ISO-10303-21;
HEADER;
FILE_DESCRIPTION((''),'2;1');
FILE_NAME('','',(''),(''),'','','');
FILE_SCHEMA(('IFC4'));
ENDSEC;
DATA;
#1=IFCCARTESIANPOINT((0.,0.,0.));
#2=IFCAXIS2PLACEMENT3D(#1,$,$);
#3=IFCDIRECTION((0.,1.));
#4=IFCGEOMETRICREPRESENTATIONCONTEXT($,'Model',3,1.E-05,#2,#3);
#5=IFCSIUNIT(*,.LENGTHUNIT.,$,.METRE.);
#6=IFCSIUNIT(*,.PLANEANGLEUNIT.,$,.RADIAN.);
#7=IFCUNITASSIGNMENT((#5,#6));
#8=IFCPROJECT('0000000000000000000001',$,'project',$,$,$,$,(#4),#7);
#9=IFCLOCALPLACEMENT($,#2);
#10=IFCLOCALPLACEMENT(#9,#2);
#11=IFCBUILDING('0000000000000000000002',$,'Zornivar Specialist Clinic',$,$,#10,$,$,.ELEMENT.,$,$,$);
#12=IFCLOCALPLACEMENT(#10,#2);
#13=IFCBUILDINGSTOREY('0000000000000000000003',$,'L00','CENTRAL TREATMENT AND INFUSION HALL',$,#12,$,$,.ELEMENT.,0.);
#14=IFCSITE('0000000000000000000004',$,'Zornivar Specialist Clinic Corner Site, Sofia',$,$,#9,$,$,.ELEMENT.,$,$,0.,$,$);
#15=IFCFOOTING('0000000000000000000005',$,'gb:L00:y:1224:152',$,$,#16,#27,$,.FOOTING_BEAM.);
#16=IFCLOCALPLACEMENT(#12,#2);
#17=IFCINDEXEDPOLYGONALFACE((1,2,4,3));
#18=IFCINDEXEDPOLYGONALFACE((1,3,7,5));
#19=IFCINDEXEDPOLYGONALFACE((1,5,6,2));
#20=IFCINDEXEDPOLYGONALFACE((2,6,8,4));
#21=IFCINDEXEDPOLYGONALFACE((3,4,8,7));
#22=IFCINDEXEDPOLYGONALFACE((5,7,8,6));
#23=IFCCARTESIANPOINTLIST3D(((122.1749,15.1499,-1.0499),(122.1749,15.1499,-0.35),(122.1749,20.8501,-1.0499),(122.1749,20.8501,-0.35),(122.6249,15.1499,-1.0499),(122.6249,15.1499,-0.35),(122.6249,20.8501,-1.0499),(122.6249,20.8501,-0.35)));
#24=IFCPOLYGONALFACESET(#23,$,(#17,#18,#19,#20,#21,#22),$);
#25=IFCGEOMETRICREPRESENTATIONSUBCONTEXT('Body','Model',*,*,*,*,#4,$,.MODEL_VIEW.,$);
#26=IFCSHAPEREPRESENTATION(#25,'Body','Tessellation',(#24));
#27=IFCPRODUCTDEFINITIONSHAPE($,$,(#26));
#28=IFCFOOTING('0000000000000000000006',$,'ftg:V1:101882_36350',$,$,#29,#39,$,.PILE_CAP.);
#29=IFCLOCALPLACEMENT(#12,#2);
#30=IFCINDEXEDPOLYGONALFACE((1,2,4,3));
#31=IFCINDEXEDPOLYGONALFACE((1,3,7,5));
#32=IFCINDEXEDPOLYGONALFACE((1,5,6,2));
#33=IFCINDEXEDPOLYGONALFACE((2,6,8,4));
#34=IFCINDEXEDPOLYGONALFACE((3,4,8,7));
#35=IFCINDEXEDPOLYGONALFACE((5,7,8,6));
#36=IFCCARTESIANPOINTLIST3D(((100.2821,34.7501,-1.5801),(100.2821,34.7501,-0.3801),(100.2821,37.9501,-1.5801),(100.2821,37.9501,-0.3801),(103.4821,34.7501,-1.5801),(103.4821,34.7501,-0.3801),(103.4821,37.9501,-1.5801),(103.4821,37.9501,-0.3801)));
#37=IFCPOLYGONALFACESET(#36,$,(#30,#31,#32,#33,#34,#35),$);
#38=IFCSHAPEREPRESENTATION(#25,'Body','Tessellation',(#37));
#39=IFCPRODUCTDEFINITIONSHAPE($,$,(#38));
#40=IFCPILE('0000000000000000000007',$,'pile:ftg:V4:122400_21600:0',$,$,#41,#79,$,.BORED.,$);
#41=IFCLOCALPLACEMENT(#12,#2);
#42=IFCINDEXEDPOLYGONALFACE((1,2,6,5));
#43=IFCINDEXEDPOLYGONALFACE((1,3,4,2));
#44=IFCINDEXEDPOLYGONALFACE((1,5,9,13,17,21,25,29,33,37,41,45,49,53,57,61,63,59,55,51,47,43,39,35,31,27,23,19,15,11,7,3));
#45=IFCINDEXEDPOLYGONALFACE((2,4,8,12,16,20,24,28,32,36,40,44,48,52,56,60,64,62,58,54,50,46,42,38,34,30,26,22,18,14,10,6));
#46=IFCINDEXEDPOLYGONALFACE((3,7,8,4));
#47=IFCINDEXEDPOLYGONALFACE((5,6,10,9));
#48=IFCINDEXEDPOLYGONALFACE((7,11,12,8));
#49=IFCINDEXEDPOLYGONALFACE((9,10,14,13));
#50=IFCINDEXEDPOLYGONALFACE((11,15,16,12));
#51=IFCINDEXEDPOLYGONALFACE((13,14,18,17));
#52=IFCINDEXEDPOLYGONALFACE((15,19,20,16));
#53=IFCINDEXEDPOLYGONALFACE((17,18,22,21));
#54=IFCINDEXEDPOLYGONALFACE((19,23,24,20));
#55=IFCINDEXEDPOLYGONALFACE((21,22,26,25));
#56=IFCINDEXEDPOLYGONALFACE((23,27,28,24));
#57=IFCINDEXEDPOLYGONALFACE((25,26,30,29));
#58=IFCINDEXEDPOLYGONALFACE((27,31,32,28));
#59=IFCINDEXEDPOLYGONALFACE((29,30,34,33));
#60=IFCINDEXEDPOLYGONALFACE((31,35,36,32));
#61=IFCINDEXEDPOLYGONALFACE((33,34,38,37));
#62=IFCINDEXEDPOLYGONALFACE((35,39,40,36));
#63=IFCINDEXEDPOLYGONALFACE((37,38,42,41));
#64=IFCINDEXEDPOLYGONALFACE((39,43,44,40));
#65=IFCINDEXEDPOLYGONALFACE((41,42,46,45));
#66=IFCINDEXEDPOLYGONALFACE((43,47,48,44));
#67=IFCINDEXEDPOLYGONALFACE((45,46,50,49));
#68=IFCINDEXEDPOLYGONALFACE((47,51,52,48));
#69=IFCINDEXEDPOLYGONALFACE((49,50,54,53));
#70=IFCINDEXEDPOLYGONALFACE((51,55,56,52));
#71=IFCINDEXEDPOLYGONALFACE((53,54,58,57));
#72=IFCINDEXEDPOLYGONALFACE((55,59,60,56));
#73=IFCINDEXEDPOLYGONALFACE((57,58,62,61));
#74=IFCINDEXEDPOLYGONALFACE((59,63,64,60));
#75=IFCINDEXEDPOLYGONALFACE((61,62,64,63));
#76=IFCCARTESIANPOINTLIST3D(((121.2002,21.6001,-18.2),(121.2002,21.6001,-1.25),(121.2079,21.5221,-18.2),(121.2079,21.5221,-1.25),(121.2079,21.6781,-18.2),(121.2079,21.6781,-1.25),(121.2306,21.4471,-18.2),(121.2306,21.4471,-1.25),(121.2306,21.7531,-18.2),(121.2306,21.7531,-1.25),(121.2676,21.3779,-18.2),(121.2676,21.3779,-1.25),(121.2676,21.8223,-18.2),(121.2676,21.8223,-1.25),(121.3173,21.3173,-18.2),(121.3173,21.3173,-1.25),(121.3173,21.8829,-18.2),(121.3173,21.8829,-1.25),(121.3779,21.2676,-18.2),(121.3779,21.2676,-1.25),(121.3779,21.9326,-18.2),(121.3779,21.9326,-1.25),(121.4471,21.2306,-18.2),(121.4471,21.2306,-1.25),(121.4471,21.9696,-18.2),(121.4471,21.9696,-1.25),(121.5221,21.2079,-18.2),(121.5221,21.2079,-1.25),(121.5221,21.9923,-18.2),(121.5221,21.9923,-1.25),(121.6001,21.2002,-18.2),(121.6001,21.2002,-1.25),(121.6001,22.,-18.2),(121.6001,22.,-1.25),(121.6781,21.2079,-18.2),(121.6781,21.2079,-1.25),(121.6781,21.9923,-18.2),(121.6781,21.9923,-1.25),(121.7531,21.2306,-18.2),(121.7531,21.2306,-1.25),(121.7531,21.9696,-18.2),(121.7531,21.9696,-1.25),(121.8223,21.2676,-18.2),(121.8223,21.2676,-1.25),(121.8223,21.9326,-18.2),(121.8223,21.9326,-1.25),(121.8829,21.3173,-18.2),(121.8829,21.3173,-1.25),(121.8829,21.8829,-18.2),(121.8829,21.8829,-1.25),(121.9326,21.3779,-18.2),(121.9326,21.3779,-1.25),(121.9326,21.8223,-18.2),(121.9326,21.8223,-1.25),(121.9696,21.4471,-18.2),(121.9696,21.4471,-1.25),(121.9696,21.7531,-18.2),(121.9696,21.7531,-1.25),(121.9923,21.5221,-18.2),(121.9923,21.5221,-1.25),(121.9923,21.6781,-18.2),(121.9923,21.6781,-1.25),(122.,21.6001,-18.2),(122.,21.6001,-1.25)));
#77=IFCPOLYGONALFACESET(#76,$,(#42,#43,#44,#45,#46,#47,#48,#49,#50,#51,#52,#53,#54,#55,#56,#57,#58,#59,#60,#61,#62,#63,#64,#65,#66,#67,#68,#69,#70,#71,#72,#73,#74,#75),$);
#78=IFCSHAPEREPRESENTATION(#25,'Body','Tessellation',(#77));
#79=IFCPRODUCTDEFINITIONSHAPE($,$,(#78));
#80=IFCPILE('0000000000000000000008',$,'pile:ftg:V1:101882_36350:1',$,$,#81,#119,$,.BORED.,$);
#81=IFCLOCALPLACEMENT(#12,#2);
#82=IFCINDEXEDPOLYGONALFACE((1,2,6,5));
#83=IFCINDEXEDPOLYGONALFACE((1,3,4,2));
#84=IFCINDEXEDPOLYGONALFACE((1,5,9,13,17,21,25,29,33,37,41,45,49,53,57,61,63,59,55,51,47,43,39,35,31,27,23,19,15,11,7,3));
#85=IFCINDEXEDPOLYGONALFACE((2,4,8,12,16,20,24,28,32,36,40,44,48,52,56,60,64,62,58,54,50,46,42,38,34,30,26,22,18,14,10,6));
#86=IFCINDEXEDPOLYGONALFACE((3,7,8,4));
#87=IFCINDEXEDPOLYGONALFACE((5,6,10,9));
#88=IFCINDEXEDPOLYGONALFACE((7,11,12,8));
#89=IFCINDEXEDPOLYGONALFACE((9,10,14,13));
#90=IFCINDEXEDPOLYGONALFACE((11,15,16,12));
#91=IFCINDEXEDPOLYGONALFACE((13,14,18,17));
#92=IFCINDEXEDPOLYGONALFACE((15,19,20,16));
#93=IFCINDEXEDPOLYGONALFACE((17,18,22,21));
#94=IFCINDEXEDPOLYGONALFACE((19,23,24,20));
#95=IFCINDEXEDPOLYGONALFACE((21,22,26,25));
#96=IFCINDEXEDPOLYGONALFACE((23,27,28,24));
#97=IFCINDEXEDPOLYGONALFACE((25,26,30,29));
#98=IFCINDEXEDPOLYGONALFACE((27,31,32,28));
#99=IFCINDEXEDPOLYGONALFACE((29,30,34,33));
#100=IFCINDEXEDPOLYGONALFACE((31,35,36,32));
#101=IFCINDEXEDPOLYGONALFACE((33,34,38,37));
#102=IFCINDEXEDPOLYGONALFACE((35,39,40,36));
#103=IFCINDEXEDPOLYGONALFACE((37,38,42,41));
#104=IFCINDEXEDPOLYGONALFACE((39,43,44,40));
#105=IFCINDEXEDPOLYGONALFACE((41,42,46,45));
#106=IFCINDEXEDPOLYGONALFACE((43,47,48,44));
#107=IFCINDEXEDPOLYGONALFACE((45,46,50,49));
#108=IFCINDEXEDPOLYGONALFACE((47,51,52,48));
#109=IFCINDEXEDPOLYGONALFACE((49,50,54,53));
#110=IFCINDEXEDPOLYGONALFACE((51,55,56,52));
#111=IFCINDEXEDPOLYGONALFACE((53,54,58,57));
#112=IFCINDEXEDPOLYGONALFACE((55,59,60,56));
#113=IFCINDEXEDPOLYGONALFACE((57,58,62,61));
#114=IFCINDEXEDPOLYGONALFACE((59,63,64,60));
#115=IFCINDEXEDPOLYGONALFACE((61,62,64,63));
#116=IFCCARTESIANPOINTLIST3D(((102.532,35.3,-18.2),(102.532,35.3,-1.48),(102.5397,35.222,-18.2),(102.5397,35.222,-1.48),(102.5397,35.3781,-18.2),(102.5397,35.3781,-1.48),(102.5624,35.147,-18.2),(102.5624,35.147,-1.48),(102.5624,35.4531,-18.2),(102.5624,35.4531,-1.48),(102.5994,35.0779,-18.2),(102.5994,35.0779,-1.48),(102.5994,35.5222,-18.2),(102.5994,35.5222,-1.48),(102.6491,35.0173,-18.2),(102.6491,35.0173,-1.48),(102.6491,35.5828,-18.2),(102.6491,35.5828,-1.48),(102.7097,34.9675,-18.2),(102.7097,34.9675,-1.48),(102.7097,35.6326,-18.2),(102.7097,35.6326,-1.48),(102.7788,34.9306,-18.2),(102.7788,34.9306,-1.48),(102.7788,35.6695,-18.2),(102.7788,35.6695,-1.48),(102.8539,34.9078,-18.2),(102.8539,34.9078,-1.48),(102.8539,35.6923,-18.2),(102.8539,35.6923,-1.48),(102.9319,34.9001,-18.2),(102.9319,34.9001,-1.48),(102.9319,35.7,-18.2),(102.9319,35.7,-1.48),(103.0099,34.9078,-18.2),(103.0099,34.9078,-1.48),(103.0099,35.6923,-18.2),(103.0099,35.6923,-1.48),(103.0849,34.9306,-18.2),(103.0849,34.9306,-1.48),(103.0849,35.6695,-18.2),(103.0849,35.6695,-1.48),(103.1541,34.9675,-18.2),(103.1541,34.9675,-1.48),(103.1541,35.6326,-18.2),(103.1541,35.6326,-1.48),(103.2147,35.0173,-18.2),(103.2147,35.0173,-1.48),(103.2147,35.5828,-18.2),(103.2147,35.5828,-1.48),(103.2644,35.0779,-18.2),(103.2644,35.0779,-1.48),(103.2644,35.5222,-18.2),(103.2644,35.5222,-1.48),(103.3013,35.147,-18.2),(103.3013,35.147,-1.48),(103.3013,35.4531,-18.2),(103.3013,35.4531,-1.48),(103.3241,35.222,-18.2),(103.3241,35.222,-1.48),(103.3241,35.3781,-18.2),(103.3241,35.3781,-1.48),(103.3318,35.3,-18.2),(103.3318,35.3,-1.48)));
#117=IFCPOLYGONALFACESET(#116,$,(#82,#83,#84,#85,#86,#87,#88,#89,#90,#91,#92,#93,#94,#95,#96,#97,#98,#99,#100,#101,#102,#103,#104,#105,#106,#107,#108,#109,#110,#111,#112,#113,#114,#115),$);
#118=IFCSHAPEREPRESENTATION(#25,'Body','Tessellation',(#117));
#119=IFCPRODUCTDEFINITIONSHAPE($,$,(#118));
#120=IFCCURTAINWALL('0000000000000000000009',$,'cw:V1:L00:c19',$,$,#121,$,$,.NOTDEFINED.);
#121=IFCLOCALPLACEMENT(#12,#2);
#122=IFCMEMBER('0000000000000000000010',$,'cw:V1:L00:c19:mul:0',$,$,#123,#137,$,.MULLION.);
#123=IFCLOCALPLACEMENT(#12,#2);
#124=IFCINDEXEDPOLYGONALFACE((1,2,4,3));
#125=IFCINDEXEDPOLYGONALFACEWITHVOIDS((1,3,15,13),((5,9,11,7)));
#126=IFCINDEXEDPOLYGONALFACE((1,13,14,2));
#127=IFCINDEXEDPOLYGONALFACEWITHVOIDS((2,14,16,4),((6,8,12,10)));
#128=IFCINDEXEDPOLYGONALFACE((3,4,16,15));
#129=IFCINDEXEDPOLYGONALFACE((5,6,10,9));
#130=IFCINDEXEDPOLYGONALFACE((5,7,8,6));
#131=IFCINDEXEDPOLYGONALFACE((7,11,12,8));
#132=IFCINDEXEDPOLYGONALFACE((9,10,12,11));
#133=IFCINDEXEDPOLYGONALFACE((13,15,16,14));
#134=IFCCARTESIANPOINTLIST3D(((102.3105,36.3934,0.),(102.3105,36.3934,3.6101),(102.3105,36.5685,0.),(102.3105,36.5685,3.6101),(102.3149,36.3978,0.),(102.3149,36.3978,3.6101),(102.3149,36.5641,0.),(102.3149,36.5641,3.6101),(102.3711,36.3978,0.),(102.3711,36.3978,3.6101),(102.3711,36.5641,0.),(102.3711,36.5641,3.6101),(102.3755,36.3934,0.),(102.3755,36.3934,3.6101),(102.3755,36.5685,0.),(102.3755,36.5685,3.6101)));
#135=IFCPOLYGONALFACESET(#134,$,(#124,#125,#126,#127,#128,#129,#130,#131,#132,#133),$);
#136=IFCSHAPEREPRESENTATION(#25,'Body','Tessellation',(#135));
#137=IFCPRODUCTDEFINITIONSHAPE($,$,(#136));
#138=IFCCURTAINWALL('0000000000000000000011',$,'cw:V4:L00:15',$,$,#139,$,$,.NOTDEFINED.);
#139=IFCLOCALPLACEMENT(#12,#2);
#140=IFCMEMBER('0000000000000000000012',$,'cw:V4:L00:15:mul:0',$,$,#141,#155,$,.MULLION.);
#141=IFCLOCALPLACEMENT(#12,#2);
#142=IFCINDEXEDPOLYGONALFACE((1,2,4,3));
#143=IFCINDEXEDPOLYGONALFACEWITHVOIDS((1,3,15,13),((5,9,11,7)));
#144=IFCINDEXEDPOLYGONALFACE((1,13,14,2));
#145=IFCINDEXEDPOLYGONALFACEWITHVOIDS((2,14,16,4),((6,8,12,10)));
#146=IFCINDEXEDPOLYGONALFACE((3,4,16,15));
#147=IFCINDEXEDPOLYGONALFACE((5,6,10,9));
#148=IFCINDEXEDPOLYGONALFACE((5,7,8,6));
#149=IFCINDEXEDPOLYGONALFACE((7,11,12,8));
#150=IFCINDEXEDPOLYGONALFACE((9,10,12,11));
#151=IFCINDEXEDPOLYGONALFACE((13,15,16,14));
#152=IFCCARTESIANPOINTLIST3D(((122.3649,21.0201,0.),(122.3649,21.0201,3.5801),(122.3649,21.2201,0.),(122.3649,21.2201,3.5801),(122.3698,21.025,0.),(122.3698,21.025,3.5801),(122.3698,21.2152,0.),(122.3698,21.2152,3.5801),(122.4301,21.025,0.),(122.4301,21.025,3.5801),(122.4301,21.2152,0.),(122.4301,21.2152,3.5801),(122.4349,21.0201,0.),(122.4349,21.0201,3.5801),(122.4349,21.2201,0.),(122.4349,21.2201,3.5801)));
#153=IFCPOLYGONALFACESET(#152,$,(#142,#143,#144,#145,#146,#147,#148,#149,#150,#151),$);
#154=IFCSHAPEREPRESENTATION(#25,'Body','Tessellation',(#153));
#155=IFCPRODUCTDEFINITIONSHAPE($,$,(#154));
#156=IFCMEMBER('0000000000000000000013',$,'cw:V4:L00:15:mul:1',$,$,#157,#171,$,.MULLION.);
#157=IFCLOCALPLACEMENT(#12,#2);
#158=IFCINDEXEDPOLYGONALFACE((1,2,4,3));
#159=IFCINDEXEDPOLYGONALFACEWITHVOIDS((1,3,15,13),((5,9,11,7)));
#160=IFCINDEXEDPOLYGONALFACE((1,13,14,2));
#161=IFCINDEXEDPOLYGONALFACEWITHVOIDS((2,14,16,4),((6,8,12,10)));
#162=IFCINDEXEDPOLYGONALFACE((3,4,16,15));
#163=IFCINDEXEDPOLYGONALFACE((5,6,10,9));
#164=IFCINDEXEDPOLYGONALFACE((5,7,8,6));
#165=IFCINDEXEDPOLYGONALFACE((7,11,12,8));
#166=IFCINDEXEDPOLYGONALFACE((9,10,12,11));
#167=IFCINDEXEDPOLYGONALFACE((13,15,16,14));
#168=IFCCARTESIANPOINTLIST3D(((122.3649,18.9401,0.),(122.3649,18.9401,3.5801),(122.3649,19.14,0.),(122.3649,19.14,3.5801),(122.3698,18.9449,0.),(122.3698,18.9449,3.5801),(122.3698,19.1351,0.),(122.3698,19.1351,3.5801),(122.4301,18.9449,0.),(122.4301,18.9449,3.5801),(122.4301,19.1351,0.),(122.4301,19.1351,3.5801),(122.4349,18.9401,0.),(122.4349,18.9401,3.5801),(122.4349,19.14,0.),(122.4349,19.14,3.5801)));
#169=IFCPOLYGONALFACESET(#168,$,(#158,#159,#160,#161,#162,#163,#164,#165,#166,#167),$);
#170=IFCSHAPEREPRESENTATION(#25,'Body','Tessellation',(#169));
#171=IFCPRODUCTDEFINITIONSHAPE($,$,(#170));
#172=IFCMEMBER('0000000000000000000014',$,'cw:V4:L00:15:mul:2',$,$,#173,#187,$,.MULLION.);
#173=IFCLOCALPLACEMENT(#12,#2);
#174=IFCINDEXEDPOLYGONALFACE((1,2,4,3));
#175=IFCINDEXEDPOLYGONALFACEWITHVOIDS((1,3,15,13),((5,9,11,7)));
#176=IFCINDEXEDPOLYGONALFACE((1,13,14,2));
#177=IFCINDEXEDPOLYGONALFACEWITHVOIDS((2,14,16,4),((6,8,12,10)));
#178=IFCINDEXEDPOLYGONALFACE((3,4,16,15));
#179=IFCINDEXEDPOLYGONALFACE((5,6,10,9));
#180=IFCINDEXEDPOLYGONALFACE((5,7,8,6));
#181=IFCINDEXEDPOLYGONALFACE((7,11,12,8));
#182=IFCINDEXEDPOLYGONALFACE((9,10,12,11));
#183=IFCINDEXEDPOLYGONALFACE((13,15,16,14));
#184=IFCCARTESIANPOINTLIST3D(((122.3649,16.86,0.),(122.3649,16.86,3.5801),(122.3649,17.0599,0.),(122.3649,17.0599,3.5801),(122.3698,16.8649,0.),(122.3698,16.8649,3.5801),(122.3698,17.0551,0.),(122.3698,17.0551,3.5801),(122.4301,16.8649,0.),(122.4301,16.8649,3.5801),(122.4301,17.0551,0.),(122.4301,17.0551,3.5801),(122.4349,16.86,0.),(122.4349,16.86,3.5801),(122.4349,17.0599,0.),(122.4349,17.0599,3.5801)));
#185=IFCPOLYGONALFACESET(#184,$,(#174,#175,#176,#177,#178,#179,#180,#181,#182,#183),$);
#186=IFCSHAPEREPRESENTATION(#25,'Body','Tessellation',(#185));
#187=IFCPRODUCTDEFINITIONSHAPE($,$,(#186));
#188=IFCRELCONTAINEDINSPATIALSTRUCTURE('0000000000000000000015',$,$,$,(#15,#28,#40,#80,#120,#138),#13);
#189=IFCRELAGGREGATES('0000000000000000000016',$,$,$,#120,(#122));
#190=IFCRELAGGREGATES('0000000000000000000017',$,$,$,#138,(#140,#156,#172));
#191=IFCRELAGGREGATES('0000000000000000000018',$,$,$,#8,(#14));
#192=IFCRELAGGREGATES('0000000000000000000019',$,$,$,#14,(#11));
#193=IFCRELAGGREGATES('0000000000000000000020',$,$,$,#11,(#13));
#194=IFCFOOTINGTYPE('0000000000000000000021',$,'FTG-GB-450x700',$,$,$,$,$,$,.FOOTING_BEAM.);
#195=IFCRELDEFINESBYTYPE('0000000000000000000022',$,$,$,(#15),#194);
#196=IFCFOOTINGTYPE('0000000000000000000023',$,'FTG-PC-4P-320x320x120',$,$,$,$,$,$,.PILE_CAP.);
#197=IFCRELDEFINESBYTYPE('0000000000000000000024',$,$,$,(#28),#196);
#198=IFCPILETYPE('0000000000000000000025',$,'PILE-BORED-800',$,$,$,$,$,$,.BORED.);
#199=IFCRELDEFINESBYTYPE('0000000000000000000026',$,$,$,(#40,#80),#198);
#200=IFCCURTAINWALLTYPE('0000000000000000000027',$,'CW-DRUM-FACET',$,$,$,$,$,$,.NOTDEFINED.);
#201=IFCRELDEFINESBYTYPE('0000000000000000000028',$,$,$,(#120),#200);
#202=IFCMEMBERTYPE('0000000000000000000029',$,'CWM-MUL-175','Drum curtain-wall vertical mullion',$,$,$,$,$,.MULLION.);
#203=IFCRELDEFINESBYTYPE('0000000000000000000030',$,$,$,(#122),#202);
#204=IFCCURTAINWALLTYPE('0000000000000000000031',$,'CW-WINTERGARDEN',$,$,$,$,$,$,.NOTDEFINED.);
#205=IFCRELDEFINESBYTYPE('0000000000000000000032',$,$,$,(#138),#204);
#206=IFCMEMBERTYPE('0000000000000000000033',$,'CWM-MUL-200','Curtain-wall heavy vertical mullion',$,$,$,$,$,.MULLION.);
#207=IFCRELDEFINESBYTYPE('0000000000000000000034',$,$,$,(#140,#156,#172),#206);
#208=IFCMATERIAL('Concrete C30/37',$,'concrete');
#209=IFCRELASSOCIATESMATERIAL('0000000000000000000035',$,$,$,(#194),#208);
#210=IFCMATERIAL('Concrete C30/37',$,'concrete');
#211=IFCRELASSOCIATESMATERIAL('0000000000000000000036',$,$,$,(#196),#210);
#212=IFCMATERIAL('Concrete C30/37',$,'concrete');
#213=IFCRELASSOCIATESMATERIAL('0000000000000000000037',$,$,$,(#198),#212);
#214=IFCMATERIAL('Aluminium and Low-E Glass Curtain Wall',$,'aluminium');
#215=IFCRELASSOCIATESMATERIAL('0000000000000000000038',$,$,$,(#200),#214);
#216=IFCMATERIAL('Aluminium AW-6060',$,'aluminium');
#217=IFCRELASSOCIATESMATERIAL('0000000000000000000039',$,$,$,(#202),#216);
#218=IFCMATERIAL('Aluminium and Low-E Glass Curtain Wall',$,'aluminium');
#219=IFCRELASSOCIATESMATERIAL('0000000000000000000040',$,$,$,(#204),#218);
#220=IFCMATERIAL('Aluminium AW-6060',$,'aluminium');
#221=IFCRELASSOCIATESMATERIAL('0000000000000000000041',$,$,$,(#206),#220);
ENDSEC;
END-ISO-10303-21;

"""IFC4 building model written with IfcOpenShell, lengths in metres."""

from ifc_helpers import new_model, si_unit, direction, frame, origin, origin_2d, place, context, subcontext, project, spatial, rectangle, hollow_rectangle, circle, extrude, material, material_profile, profile_set, type_object, element, aggregate, save


model = new_model("IFC4")

# Units and contexts
model_context = context("Model", 3, precision=1e-05, world=origin(), true_north=direction((0.0, 1.0)))
body_context = subcontext(model_context, "Body", "Model", "MODEL_VIEW")
ifc_project = project(units=[si_unit("LENGTHUNIT", "METRE"), si_unit("PLANEANGLEUNIT", "RADIAN")], contexts=[model_context])

# Site, building, storey
site_placement = place(None, origin())
site = spatial("IfcSite", under=ifc_project, at=site_placement, Name="Zornivar Specialist Clinic Corner Site, Sofia", CompositionType="ELEMENT", RefElevation=0.0)
building_placement = place(site_placement, origin())
building = spatial("IfcBuilding", under=site, at=building_placement, Name="Zornivar Specialist Clinic", CompositionType="ELEMENT")
storey_placement = place(building_placement, origin())
storey = spatial("IfcBuildingStorey", under=building, at=storey_placement, Name="L00", Description="CENTRAL TREATMENT AND INFUSION HALL", CompositionType="ELEMENT", Elevation=0.0)

# Footings
ifc_material_1 = material(Name="Concrete C30/37", Category="concrete")
ifc_material_profile_1 = material_profile(ifc_material_1, rectangle(XDim=0.45, YDim=0.7, at=origin_2d()), Name="RC 450x700")
ifc_profile_set_1 = profile_set([ifc_material_profile_1], Name="Concrete C30/37")
footing_type_1 = type_object("IfcFootingType", Name="FTG-GB-450x700", PredefinedType="FOOTING_BEAM", material=ifc_profile_set_1)
footing_1_placement = place(storey_placement, frame((122.3999, 15.1499, -0.7), z_axis=(0.0, 1.0, 0.0), x_axis=(-1.0, 0.0, 0.0)))
element("IfcFooting", 1, at=footing_1_placement, inside=storey, type_object=footing_type_1, Name="gb:L00:y:1224:152", PredefinedType="FOOTING_BEAM", context=body_context, shape_type="SweptSolid", body=[
    extrude(rectangle(XDim=0.45, YDim=0.7, at=origin_2d()), origin(), (0.0, 0.0, 1.0), 5.7002),
])
ifc_material_2 = material(Name="Concrete C30/37", Category="concrete")
footing_type_2 = type_object("IfcFootingType", Name="FTG-PC-4P-320x320x120", PredefinedType="PILE_CAP", material=ifc_material_2)
footing_2_placement = place(storey_placement, frame((101.8821, 36.3501, -1.5801), z_axis=(0.0, 0.0, 1.0), x_axis=(1.0, 0.0, 0.0)))
element("IfcFooting", 2, at=footing_2_placement, inside=storey, type_object=footing_type_2, Name="ftg:V1:101882_36350", PredefinedType="PILE_CAP", context=body_context, shape_type="SweptSolid", body=[
    extrude(rectangle(XDim=3.2, YDim=3.2, at=origin_2d()), origin(), (0.0, 0.0, 1.0), 1.2),
])

# Piles
ifc_material_3 = material(Name="Concrete C30/37", Category="concrete")
ifc_material_profile_2 = material_profile(ifc_material_3, circle(Radius=0.3999, at=origin_2d()), Name="PILE D800")
ifc_profile_set_2 = profile_set([ifc_material_profile_2], Name="Concrete C30/37")
pile_type = type_object("IfcPileType", Name="PILE-BORED-800", PredefinedType="BORED", material=ifc_profile_set_2)
pile_1_placement = place(storey_placement, frame((121.6001, 21.6001, -1.25), z_axis=(0.0, 0.0, -1.0), x_axis=(1.0, 0.0, 0.0)))
element("IfcPile", 3, at=pile_1_placement, inside=storey, type_object=pile_type, Name="pile:ftg:V4:122400_21600:0", PredefinedType="BORED", context=body_context, shape_type="SweptSolid", body=[
    extrude(circle(Radius=0.3999, at=origin_2d()), origin(), (0.0, 0.0, 1.0), 16.95),
])
pile_2_placement = place(storey_placement, frame((102.9319, 35.3, -1.48), z_axis=(0.0, 0.0, -1.0), x_axis=(1.0, 0.0, 0.0)))
element("IfcPile", 4, at=pile_2_placement, inside=storey, type_object=pile_type, Name="pile:ftg:V1:101882_36350:1", PredefinedType="BORED", context=body_context, shape_type="SweptSolid", body=[
    extrude(circle(Radius=0.3999, at=origin_2d()), origin(), (0.0, 0.0, 1.0), 16.72),
])

# Curtain wall, member
ifc_material_4 = material(Name="Aluminium and Low-E Glass Curtain Wall", Category="aluminium")
curtain_wall_type_1 = type_object("IfcCurtainWallType", Name="CW-DRUM-FACET", PredefinedType="NOTDEFINED", material=ifc_material_4)
curtain_wall_1_placement = place(storey_placement, origin())
curtain_wall_1 = element("IfcCurtainWall", 5, at=curtain_wall_1_placement, inside=storey, type_object=curtain_wall_type_1, Name="cw:V1:L00:c19", PredefinedType="NOTDEFINED")
ifc_material_5 = material(Name="Aluminium AW-6060", Category="aluminium")
ifc_material_profile_3 = material_profile(ifc_material_5, hollow_rectangle(XDim=0.0649, YDim=0.175, WallThickness=0.0044, at=origin_2d()), Name="ALU 65x175x4.5")
ifc_profile_set_3 = profile_set([ifc_material_profile_3], Name="Aluminium AW-6060")
member_type_1 = type_object("IfcMemberType", Name="CWM-MUL-175", Description="Drum curtain-wall vertical mullion", PredefinedType="MULLION", material=ifc_profile_set_3)
member_1_placement = place(storey_placement, frame((102.343, 36.481, 0.0), z_axis=(0.0, 0.0, 1.0), x_axis=(1.0, 0.0, 0.0)))
member_1 = element("IfcMember", 6, at=member_1_placement, type_object=member_type_1, Name="cw:V1:L00:c19:mul:0", PredefinedType="MULLION", context=body_context, shape_type="SweptSolid", body=[
    extrude(hollow_rectangle(XDim=0.0649, YDim=0.175, WallThickness=0.0044, at=origin_2d()), origin(), (0.0, 0.0, 1.0), 3.6101),
])
aggregate(curtain_wall_1, [member_1])

# Curtain wall, members
ifc_material_6 = material(Name="Aluminium and Low-E Glass Curtain Wall", Category="aluminium")
curtain_wall_type_2 = type_object("IfcCurtainWallType", Name="CW-WINTERGARDEN", PredefinedType="NOTDEFINED", material=ifc_material_6)
curtain_wall_2_placement = place(storey_placement, origin())
curtain_wall_2 = element("IfcCurtainWall", 7, at=curtain_wall_2_placement, inside=storey, type_object=curtain_wall_type_2, Name="cw:V4:L00:15", PredefinedType="NOTDEFINED")
ifc_material_7 = material(Name="Aluminium AW-6060", Category="aluminium")
ifc_material_profile_4 = material_profile(ifc_material_7, hollow_rectangle(XDim=0.0701, YDim=0.2, WallThickness=0.0049, at=origin_2d()), Name="ALU 70x200x5")
ifc_profile_set_4 = profile_set([ifc_material_profile_4], Name="Aluminium AW-6060")
member_type_2 = type_object("IfcMemberType", Name="CWM-MUL-200", Description="Curtain-wall heavy vertical mullion", PredefinedType="MULLION", material=ifc_profile_set_4)
member_2_placement = place(storey_placement, frame((122.3999, 21.1201, 0.0), z_axis=(0.0, 0.0, 1.0), x_axis=(1.0, 0.0, 0.0)))
member_2 = element("IfcMember", 8, at=member_2_placement, type_object=member_type_2, Name="cw:V4:L00:15:mul:0", PredefinedType="MULLION", context=body_context, shape_type="SweptSolid", body=[
    extrude(hollow_rectangle(XDim=0.0701, YDim=0.2, WallThickness=0.0049, at=origin_2d()), origin(), (0.0, 0.0, 1.0), 3.5801),
])
member_3_placement = place(storey_placement, frame((122.3999, 19.04, 0.0), z_axis=(0.0, 0.0, 1.0), x_axis=(1.0, 0.0, 0.0)))
member_3 = element("IfcMember", 9, at=member_3_placement, type_object=member_type_2, Name="cw:V4:L00:15:mul:1", PredefinedType="MULLION", context=body_context, shape_type="SweptSolid", body=[
    extrude(hollow_rectangle(XDim=0.0701, YDim=0.2, WallThickness=0.0049, at=origin_2d()), origin(), (0.0, 0.0, 1.0), 3.5801),
])
member_4_placement = place(storey_placement, frame((122.3999, 16.96, 0.0), z_axis=(0.0, 0.0, 1.0), x_axis=(1.0, 0.0, 0.0)))
member_4 = element("IfcMember", 10, at=member_4_placement, type_object=member_type_2, Name="cw:V4:L00:15:mul:2", PredefinedType="MULLION", context=body_context, shape_type="SweptSolid", body=[
    extrude(hollow_rectangle(XDim=0.0701, YDim=0.2, WallThickness=0.0049, at=origin_2d()), origin(), (0.0, 0.0, 1.0), 3.5801),
])
aggregate(curtain_wall_2, [member_2, member_3, member_4])

save(model, "model.ifc")
